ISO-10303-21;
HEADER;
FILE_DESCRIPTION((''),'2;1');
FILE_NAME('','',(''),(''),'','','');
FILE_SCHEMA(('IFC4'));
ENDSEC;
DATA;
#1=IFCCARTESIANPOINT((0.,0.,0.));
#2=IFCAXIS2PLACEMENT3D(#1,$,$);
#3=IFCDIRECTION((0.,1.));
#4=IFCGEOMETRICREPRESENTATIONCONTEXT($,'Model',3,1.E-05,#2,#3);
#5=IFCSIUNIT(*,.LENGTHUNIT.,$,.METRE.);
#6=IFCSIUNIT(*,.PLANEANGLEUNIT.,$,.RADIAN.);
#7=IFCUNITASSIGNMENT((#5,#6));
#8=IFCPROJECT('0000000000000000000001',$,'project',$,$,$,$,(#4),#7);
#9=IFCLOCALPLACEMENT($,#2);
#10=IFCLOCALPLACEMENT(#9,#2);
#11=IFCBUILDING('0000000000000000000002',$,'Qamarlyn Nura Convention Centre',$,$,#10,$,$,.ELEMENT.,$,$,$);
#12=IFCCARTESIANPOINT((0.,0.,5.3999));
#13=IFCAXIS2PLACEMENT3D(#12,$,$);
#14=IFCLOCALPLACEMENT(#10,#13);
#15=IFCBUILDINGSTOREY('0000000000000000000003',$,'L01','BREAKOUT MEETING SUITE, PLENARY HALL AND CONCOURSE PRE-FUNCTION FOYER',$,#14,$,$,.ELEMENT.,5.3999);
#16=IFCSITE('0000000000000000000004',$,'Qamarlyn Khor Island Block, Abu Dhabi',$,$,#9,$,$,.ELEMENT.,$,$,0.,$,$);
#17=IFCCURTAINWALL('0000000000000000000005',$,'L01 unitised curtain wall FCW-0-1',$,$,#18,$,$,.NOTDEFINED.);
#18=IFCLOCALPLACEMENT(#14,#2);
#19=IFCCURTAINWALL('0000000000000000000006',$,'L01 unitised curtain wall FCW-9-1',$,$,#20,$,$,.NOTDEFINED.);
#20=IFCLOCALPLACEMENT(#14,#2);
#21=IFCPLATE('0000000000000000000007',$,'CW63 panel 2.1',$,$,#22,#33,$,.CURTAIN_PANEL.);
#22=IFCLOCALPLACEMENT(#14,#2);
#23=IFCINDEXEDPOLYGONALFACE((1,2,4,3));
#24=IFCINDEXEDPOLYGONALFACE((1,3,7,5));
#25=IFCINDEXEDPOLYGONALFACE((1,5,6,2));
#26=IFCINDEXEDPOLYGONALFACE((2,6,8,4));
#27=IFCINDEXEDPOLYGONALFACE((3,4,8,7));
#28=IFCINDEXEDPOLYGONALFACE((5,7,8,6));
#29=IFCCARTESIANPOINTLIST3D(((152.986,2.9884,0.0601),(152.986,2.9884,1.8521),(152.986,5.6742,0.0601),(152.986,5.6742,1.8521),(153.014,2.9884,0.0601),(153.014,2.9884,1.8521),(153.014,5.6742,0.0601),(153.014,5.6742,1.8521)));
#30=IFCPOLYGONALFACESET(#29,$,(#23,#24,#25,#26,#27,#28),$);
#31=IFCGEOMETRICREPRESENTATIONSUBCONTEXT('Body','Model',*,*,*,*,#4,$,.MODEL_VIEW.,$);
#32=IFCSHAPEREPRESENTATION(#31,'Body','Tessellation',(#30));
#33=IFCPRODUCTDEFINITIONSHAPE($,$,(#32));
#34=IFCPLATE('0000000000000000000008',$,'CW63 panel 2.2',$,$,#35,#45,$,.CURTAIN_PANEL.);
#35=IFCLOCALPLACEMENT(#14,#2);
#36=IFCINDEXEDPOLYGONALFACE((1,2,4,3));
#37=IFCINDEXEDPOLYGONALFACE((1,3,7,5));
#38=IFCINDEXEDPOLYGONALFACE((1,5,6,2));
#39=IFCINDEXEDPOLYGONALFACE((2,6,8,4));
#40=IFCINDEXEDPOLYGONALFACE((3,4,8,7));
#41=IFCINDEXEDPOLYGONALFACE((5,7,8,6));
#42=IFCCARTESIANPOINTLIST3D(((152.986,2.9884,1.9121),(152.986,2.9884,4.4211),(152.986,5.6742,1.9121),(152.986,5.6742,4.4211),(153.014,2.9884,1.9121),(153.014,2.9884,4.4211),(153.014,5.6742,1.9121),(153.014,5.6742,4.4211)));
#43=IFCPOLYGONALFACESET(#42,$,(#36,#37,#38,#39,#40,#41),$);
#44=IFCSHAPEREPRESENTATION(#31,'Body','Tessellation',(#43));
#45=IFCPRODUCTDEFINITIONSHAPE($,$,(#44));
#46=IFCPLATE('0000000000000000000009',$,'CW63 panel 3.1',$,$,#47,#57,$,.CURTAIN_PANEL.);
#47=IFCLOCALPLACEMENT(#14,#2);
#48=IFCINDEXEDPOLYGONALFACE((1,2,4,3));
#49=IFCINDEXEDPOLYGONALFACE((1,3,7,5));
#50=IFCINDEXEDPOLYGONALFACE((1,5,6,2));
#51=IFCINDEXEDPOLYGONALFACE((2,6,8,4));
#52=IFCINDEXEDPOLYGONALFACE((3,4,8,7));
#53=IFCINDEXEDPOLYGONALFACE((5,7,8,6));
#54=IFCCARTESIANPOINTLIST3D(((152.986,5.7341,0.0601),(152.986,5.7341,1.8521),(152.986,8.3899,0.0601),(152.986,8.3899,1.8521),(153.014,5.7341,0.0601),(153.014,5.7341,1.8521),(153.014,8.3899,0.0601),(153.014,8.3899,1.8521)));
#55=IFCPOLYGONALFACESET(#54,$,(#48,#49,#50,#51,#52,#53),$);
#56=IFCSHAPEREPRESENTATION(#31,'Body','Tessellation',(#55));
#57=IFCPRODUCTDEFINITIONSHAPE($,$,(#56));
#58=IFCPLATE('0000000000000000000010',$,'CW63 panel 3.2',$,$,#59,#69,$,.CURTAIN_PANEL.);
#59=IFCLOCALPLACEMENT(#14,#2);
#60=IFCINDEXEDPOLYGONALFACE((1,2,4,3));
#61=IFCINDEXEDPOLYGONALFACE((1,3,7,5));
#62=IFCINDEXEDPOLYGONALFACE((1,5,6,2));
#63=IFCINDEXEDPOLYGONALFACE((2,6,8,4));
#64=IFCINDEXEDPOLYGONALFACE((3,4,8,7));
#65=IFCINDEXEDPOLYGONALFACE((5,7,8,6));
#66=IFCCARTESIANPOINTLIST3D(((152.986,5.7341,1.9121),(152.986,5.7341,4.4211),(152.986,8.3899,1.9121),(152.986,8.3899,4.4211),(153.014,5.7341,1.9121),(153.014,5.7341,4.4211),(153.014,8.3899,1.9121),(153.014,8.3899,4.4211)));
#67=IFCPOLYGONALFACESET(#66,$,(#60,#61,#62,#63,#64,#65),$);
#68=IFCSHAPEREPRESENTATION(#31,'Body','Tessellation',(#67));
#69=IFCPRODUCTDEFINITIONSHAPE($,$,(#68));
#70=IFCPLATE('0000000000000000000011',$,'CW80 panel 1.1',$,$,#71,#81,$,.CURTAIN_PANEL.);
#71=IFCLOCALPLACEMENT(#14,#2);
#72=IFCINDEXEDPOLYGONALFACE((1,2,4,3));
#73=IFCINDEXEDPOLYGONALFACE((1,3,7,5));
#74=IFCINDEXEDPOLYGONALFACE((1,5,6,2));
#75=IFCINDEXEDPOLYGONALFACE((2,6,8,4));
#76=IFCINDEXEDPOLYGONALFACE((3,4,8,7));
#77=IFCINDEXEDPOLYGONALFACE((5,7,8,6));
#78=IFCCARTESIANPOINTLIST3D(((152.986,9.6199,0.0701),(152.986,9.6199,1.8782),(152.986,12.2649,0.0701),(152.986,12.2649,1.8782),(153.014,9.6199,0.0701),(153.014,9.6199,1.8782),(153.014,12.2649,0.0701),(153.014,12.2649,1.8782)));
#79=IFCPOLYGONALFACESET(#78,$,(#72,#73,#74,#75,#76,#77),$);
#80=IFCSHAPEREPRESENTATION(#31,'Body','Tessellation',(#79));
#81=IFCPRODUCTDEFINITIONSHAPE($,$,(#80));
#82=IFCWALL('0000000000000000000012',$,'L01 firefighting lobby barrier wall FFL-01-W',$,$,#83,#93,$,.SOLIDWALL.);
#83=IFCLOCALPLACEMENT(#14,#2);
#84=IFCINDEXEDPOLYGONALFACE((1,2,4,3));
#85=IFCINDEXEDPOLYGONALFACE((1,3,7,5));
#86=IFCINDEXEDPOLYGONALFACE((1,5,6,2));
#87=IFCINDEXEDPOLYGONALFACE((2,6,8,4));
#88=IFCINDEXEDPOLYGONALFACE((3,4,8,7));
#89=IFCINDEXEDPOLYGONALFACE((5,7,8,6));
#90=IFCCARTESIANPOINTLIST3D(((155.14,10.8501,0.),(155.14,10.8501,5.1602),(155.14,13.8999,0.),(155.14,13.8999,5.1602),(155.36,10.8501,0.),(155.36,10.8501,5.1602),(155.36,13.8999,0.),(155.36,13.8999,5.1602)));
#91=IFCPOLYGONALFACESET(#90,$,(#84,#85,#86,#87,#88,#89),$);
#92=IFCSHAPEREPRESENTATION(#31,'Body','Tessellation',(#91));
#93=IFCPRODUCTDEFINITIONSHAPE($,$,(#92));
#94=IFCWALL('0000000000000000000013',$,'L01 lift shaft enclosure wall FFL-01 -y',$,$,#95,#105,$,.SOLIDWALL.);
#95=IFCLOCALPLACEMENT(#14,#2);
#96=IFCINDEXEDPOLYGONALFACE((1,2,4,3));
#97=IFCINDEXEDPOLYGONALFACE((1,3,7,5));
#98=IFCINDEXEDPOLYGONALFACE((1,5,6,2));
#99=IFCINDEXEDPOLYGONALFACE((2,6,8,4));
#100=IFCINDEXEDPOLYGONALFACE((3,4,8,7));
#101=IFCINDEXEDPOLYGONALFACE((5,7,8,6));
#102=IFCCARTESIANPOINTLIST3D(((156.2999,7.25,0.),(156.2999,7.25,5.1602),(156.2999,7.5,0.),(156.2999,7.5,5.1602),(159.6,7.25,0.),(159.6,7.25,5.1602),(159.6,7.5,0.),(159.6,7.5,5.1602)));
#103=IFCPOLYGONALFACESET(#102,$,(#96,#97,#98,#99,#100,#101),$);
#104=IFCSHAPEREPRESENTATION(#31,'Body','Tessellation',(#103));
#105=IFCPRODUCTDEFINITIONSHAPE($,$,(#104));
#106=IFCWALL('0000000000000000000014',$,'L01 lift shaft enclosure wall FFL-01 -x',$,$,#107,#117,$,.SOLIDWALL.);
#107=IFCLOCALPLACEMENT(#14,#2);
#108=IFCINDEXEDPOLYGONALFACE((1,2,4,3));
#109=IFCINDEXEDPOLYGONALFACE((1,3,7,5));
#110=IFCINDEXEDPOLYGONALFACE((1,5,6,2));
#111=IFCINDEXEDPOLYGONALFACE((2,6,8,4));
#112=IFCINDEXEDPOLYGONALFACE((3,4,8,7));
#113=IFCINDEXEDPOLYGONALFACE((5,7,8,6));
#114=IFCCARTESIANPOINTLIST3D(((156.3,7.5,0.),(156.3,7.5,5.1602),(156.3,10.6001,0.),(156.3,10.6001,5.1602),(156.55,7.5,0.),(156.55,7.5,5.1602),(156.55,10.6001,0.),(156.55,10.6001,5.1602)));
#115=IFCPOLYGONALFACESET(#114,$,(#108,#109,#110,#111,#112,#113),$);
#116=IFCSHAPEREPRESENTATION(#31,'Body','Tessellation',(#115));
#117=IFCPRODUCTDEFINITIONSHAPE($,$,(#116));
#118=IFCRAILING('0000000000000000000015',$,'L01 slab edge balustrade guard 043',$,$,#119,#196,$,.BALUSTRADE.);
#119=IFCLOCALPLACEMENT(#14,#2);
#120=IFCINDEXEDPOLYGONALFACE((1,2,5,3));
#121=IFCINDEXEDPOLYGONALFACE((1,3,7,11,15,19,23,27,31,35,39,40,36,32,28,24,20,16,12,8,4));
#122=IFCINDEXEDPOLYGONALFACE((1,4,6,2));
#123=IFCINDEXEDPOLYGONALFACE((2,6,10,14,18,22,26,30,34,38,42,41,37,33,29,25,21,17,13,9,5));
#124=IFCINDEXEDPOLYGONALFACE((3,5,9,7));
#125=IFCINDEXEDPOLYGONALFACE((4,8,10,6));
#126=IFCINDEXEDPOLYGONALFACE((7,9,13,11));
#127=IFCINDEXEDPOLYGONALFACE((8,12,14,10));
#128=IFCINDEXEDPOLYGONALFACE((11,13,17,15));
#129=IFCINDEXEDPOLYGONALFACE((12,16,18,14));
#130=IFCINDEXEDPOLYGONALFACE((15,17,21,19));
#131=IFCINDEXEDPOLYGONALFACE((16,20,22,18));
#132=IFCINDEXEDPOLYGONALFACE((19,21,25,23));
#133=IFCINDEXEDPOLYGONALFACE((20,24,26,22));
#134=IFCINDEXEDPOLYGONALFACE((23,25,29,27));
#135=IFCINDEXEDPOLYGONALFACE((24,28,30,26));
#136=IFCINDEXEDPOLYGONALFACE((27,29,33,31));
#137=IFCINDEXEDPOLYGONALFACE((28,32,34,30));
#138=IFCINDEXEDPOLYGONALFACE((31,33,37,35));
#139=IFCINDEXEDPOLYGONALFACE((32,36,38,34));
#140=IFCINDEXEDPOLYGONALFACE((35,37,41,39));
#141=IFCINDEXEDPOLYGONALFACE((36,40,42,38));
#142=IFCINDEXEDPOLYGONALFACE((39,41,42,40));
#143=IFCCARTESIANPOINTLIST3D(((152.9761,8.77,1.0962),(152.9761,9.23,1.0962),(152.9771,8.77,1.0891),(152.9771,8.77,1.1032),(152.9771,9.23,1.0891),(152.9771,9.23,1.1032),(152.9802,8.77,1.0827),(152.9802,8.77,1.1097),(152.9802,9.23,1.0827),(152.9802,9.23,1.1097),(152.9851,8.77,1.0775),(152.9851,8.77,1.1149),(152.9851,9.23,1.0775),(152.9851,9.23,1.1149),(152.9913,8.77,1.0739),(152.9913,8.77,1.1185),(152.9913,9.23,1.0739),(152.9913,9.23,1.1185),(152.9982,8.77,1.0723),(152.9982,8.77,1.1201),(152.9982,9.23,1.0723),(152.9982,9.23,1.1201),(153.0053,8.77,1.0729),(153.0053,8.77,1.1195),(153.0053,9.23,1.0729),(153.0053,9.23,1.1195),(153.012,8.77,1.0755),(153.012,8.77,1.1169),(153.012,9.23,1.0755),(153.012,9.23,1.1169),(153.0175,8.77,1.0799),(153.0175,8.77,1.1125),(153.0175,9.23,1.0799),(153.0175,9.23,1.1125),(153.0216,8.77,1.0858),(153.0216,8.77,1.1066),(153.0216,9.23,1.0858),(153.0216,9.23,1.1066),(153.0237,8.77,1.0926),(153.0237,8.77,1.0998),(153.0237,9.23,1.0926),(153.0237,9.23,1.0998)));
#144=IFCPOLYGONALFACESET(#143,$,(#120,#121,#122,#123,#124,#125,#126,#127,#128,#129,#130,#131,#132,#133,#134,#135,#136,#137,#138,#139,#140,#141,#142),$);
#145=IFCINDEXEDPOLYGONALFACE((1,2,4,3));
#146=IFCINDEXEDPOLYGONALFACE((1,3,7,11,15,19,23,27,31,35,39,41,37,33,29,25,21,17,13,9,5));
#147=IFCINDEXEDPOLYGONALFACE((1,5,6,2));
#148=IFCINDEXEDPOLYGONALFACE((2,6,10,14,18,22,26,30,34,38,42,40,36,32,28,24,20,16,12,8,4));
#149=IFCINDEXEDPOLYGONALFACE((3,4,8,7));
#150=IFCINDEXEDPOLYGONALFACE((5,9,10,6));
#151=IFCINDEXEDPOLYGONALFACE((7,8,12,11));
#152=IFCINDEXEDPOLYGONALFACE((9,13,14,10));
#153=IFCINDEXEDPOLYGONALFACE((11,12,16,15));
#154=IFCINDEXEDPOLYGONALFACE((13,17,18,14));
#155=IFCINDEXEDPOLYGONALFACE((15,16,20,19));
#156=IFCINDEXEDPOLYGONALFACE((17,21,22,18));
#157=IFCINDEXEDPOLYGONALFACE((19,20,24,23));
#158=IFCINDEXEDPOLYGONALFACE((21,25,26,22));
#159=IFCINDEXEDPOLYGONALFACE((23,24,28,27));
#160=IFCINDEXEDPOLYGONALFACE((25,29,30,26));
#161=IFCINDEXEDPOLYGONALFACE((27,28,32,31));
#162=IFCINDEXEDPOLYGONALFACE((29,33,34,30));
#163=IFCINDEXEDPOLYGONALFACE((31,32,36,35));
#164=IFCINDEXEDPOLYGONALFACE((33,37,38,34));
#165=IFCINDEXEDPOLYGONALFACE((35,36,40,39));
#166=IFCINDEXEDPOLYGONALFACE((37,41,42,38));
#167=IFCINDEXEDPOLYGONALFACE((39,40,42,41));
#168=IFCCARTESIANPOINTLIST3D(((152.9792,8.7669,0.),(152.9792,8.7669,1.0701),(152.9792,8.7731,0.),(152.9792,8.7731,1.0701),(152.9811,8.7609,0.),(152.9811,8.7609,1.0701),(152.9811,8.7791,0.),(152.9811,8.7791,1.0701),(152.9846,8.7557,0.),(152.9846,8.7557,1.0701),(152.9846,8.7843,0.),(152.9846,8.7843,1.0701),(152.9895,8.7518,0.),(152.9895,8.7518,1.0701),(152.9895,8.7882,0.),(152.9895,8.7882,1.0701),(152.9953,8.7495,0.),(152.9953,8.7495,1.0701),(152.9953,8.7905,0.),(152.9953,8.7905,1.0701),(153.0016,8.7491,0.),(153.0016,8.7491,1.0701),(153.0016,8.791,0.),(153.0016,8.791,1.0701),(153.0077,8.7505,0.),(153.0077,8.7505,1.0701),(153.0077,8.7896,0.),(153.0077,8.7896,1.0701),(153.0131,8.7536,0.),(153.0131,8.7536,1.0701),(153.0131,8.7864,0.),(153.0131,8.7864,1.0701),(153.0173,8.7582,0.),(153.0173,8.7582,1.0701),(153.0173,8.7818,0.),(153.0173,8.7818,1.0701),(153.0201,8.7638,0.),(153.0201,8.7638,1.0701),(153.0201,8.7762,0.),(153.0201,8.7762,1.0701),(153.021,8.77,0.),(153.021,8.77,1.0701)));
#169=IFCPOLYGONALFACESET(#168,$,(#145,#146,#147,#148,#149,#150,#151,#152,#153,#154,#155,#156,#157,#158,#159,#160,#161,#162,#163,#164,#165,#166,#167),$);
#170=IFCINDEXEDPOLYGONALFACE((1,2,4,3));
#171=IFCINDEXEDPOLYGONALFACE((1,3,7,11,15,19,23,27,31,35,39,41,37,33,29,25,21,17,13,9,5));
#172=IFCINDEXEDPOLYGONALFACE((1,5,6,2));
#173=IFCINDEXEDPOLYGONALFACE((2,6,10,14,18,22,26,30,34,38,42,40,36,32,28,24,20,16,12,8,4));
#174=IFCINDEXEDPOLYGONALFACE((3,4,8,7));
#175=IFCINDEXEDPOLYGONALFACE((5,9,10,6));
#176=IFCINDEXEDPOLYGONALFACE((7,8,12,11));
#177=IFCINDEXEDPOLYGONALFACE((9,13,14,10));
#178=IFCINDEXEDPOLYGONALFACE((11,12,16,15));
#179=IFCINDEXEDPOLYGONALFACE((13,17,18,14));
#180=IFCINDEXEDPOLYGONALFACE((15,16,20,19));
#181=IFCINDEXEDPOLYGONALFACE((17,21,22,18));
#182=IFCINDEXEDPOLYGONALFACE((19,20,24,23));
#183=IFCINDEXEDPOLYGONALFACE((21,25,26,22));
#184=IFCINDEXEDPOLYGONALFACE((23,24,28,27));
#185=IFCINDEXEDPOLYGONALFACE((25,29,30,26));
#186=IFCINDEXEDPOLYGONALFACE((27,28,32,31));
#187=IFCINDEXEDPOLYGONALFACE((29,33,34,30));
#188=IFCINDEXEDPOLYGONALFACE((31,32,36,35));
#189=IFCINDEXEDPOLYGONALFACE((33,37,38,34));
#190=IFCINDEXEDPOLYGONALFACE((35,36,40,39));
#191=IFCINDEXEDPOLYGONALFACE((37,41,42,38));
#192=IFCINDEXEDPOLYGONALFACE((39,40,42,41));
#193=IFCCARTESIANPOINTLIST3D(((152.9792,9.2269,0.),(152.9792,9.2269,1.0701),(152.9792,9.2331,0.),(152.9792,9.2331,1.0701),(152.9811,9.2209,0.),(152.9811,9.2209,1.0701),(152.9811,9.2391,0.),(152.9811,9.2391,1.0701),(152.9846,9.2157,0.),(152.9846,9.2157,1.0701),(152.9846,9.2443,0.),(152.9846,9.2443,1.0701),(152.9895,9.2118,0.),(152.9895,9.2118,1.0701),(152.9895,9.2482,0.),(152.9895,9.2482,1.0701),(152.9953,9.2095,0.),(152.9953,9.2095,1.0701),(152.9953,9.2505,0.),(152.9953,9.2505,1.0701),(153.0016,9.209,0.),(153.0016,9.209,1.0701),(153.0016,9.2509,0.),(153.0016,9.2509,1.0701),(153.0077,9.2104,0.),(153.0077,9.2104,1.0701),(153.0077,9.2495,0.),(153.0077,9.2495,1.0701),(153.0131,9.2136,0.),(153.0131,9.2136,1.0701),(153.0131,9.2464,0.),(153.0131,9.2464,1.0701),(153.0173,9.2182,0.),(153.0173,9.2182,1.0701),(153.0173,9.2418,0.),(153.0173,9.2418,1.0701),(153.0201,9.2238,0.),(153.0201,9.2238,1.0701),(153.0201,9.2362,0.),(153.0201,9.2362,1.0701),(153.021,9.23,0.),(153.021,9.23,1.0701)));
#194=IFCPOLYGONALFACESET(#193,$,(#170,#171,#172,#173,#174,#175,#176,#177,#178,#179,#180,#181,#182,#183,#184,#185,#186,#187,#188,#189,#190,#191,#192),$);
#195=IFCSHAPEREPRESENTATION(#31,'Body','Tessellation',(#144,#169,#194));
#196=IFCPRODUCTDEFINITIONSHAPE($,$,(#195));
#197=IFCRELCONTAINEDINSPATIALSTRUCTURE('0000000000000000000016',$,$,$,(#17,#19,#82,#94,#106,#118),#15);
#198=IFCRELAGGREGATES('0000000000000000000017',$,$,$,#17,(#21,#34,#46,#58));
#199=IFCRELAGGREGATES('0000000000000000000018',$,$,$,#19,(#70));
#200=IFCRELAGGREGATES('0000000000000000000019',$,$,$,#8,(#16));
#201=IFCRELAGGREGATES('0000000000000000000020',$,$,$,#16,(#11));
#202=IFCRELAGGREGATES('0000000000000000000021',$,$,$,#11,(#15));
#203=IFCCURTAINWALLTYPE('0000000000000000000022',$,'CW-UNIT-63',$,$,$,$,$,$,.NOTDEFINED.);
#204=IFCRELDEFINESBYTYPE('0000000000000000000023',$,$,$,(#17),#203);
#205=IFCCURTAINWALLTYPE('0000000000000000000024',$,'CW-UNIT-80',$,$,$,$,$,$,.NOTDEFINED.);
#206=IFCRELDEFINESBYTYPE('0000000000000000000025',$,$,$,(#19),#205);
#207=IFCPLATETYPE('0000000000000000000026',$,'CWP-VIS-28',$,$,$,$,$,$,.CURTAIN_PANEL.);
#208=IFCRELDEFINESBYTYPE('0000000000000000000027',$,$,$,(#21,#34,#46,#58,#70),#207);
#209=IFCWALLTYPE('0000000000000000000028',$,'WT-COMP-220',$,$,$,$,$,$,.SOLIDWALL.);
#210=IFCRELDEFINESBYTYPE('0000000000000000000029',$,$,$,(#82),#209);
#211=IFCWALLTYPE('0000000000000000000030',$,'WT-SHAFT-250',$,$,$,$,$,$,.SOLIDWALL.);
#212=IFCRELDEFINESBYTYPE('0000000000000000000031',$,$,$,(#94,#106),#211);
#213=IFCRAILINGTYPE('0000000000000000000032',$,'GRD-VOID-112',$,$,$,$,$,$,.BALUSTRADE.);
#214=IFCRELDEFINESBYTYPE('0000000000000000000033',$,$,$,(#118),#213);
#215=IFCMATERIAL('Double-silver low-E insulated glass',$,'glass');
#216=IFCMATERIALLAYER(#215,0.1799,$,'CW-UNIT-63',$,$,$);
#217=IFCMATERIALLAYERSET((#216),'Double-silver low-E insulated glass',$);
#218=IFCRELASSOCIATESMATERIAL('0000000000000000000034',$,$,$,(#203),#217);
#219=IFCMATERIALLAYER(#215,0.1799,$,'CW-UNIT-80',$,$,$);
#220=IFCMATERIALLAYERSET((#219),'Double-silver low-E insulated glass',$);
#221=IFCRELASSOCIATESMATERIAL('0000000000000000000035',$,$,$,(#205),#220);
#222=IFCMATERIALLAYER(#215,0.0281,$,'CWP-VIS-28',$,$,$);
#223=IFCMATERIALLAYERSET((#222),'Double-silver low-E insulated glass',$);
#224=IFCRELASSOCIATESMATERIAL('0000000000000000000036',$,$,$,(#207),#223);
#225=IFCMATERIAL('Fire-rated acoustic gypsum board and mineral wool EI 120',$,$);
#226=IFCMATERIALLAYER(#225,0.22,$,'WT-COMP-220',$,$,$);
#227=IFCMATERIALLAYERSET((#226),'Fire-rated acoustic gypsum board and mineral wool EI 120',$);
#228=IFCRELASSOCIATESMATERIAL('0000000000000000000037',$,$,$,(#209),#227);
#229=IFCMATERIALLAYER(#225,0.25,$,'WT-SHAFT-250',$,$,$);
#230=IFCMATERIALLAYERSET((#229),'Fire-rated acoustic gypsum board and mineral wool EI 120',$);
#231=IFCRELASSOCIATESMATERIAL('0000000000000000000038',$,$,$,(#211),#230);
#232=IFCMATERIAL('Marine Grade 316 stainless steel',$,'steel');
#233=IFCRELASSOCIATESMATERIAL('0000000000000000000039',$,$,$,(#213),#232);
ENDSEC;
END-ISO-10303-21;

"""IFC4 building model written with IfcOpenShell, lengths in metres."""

from ifc_helpers import new_model, si_unit, direction, frame, frame_2d, origin, origin_2d, place, context, subcontext, project, spatial, rectangle, circle, extrude, material, layer, layer_set, type_object, element, aggregate, save


model = new_model("IFC4")

# Units and contexts
model_context = context("Model", 3, precision=1e-05, world=origin(), true_north=direction((0.0, 1.0)))
body_context = subcontext(model_context, "Body", "Model", "MODEL_VIEW")
ifc_project = project(units=[si_unit("LENGTHUNIT", "METRE"), si_unit("PLANEANGLEUNIT", "RADIAN")], contexts=[model_context])

# Site, building, storey
site_placement = place(None, origin())
site = spatial("IfcSite", under=ifc_project, at=site_placement, Name="Qamarlyn Khor Island Block, Abu Dhabi", CompositionType="ELEMENT", RefElevation=0.0)
building_placement = place(site_placement, origin())
building = spatial("IfcBuilding", under=site, at=building_placement, Name="Qamarlyn Nura Convention Centre", CompositionType="ELEMENT")
storey_placement = place(building_placement, frame((0.0, 0.0, 5.3999)))
storey = spatial("IfcBuildingStorey", under=building, at=storey_placement, Name="L01", Description="BREAKOUT MEETING SUITE, PLENARY HALL AND CONCOURSE PRE-FUNCTION FOYER", CompositionType="ELEMENT", Elevation=5.3999)

# Curtain wall
ifc_material_1 = material(Name="Double-silver low-E insulated glass", Category="glass")
ifc_layer_1 = layer(ifc_material_1, 0.1799, Name="CW-UNIT-63")
ifc_layer_set_1 = layer_set([ifc_layer_1], Name="Double-silver low-E insulated glass")
curtain_wall_type_1 = type_object("IfcCurtainWallType", Name="CW-UNIT-63", PredefinedType="NOTDEFINED", material=ifc_layer_set_1)
curtain_wall_1_placement = place(storey_placement, origin())
curtain_wall_1 = element("IfcCurtainWall", 1, at=curtain_wall_1_placement, inside=storey, type_object=curtain_wall_type_1, Name="L01 unitised curtain wall FCW-0-1", PredefinedType="NOTDEFINED")

# Curtain wall
ifc_layer_2 = layer(ifc_material_1, 0.1799, Name="CW-UNIT-80")
ifc_layer_set_2 = layer_set([ifc_layer_2], Name="Double-silver low-E insulated glass")
curtain_wall_type_2 = type_object("IfcCurtainWallType", Name="CW-UNIT-80", PredefinedType="NOTDEFINED", material=ifc_layer_set_2)
curtain_wall_2_placement = place(storey_placement, origin())
curtain_wall_2 = element("IfcCurtainWall", 2, at=curtain_wall_2_placement, inside=storey, type_object=curtain_wall_type_2, Name="L01 unitised curtain wall FCW-9-1", PredefinedType="NOTDEFINED")

# Plates
ifc_layer_3 = layer(ifc_material_1, 0.0281, Name="CWP-VIS-28")
ifc_layer_set_3 = layer_set([ifc_layer_3], Name="Double-silver low-E insulated glass")
plate_type = type_object("IfcPlateType", Name="CWP-VIS-28", PredefinedType="CURTAIN_PANEL", material=ifc_layer_set_3)
plate_1_placement = place(storey_placement, frame((153.0, 4.3313, 0.0601), z_axis=(0.0, 0.0, 1.0), x_axis=(0.0, 1.0, 0.0)))
plate_1 = element("IfcPlate", 3, at=plate_1_placement, type_object=plate_type, Name="CW63 panel 2.1", PredefinedType="CURTAIN_PANEL", context=body_context, shape_type="SweptSolid", body=[
    extrude(rectangle(XDim=2.6858, YDim=0.0281, at=origin_2d()), origin(), (0.0, 0.0, 1.0), 1.792),
])
plate_2_placement = place(storey_placement, frame((153.0, 4.3313, 1.9121), z_axis=(0.0, 0.0, 1.0), x_axis=(0.0, 1.0, 0.0)))
plate_2 = element("IfcPlate", 4, at=plate_2_placement, type_object=plate_type, Name="CW63 panel 2.2", PredefinedType="CURTAIN_PANEL", context=body_context, shape_type="SweptSolid", body=[
    extrude(rectangle(XDim=2.6858, YDim=0.0281, at=origin_2d()), origin(), (0.0, 0.0, 1.0), 2.509),
])
plate_3_placement = place(storey_placement, frame((153.0, 7.062, 0.0601), z_axis=(0.0, 0.0, 1.0), x_axis=(0.0, 1.0, 0.0)))
plate_3 = element("IfcPlate", 5, at=plate_3_placement, type_object=plate_type, Name="CW63 panel 3.1", PredefinedType="CURTAIN_PANEL", context=body_context, shape_type="SweptSolid", body=[
    extrude(rectangle(XDim=2.6558, YDim=0.0281, at=origin_2d()), origin(), (0.0, 0.0, 1.0), 1.792),
])
plate_4_placement = place(storey_placement, frame((153.0, 7.062, 1.9121), z_axis=(0.0, 0.0, 1.0), x_axis=(0.0, 1.0, 0.0)))
plate_4 = element("IfcPlate", 6, at=plate_4_placement, type_object=plate_type, Name="CW63 panel 3.2", PredefinedType="CURTAIN_PANEL", context=body_context, shape_type="SweptSolid", body=[
    extrude(rectangle(XDim=2.6558, YDim=0.0281, at=origin_2d()), origin(), (0.0, 0.0, 1.0), 2.509),
])
aggregate(curtain_wall_1, [plate_1, plate_2, plate_3, plate_4])
plate_5_placement = place(storey_placement, frame((153.0, 10.9424, 0.0701), z_axis=(0.0, 0.0, 1.0), x_axis=(0.0, 1.0, 0.0)))
plate_5 = element("IfcPlate", 7, at=plate_5_placement, type_object=plate_type, Name="CW80 panel 1.1", PredefinedType="CURTAIN_PANEL", context=body_context, shape_type="SweptSolid", body=[
    extrude(rectangle(XDim=2.645, YDim=0.0281, at=origin_2d()), origin(), (0.0, 0.0, 1.0), 1.8081),
])
aggregate(curtain_wall_2, [plate_5])

# Walls
ifc_material_2 = material(Name="Fire-rated acoustic gypsum board and mineral wool EI 120")
ifc_layer_4 = layer(ifc_material_2, 0.22, Name="WT-COMP-220")
ifc_layer_set_4 = layer_set([ifc_layer_4], Name="Fire-rated acoustic gypsum board and mineral wool EI 120")
wall_type_1 = type_object("IfcWallType", Name="WT-COMP-220", PredefinedType="SOLIDWALL", material=ifc_layer_set_4)
wall_1_placement = place(storey_placement, frame((155.25, 10.8501, 0.0), z_axis=(0.0, 0.0, 1.0), x_axis=(0.0, 1.0, 0.0)))
element("IfcWall", 8, at=wall_1_placement, inside=storey, type_object=wall_type_1, Name="L01 firefighting lobby barrier wall FFL-01-W", PredefinedType="SOLIDWALL", context=body_context, shape_type="SweptSolid", body=[
    extrude(rectangle(XDim=3.0498, YDim=0.22, at=frame_2d((1.5249, 0.0))), origin(), (0.0, 0.0, 1.0), 5.1602),
])
ifc_layer_5 = layer(ifc_material_2, 0.25, Name="WT-SHAFT-250")
ifc_layer_set_5 = layer_set([ifc_layer_5], Name="Fire-rated acoustic gypsum board and mineral wool EI 120")
wall_type_2 = type_object("IfcWallType", Name="WT-SHAFT-250", PredefinedType="SOLIDWALL", material=ifc_layer_set_5)
wall_2_placement = place(storey_placement, frame((156.3, 7.375, 0.0), z_axis=(0.0, 0.0, 1.0), x_axis=(1.0, 0.0, 0.0)))
element("IfcWall", 9, at=wall_2_placement, inside=storey, type_object=wall_type_2, Name="L01 lift shaft enclosure wall FFL-01 -y", PredefinedType="SOLIDWALL", context=body_context, shape_type="SweptSolid", body=[
    extrude(rectangle(XDim=3.3, YDim=0.25, at=frame_2d((1.6499, 0.0))), origin(), (0.0, 0.0, 1.0), 5.1602),
])
wall_3_placement = place(storey_placement, frame((156.425, 10.6001, 0.0), z_axis=(0.0, 0.0, 1.0), x_axis=(0.0, -1.0, 0.0)))
element("IfcWall", 10, at=wall_3_placement, inside=storey, type_object=wall_type_2, Name="L01 lift shaft enclosure wall FFL-01 -x", PredefinedType="SOLIDWALL", context=body_context, shape_type="SweptSolid", body=[
    extrude(rectangle(XDim=3.1001, YDim=0.25, at=frame_2d((1.55, 0.0))), origin(), (0.0, 0.0, 1.0), 5.1602),
])

# Railing
ifc_material_3 = material(Name="Marine Grade 316 stainless steel", Category="steel")
railing_type = type_object("IfcRailingType", Name="GRD-VOID-112", PredefinedType="BALUSTRADE", material=ifc_material_3)
railing_placement = place(storey_placement, frame((153.0, 8.77, 0.0)))
element("IfcRailing", 11, at=railing_placement, inside=storey, type_object=railing_type, Name="L01 slab edge balustrade guard 043", PredefinedType="BALUSTRADE", context=body_context, shape_type="SweptSolid", body=[
    extrude(circle(Radius=0.0239, at=origin_2d()), frame((0.0, 0.0, 1.0962), z_axis=(0.0, 1.0, 0.0), x_axis=(-1.0, 0.0, 0.0)), (0.0, 0.0, 1.0), 0.46),
    extrude(circle(Radius=0.021, at=origin_2d()), origin(), (0.0, 0.0, 1.0), 1.0701),
    extrude(circle(Radius=0.021, at=origin_2d()), frame((0.0, 0.46, 0.0)), (0.0, 0.0, 1.0), 1.0701),
])

save(model, "model.ifc")
